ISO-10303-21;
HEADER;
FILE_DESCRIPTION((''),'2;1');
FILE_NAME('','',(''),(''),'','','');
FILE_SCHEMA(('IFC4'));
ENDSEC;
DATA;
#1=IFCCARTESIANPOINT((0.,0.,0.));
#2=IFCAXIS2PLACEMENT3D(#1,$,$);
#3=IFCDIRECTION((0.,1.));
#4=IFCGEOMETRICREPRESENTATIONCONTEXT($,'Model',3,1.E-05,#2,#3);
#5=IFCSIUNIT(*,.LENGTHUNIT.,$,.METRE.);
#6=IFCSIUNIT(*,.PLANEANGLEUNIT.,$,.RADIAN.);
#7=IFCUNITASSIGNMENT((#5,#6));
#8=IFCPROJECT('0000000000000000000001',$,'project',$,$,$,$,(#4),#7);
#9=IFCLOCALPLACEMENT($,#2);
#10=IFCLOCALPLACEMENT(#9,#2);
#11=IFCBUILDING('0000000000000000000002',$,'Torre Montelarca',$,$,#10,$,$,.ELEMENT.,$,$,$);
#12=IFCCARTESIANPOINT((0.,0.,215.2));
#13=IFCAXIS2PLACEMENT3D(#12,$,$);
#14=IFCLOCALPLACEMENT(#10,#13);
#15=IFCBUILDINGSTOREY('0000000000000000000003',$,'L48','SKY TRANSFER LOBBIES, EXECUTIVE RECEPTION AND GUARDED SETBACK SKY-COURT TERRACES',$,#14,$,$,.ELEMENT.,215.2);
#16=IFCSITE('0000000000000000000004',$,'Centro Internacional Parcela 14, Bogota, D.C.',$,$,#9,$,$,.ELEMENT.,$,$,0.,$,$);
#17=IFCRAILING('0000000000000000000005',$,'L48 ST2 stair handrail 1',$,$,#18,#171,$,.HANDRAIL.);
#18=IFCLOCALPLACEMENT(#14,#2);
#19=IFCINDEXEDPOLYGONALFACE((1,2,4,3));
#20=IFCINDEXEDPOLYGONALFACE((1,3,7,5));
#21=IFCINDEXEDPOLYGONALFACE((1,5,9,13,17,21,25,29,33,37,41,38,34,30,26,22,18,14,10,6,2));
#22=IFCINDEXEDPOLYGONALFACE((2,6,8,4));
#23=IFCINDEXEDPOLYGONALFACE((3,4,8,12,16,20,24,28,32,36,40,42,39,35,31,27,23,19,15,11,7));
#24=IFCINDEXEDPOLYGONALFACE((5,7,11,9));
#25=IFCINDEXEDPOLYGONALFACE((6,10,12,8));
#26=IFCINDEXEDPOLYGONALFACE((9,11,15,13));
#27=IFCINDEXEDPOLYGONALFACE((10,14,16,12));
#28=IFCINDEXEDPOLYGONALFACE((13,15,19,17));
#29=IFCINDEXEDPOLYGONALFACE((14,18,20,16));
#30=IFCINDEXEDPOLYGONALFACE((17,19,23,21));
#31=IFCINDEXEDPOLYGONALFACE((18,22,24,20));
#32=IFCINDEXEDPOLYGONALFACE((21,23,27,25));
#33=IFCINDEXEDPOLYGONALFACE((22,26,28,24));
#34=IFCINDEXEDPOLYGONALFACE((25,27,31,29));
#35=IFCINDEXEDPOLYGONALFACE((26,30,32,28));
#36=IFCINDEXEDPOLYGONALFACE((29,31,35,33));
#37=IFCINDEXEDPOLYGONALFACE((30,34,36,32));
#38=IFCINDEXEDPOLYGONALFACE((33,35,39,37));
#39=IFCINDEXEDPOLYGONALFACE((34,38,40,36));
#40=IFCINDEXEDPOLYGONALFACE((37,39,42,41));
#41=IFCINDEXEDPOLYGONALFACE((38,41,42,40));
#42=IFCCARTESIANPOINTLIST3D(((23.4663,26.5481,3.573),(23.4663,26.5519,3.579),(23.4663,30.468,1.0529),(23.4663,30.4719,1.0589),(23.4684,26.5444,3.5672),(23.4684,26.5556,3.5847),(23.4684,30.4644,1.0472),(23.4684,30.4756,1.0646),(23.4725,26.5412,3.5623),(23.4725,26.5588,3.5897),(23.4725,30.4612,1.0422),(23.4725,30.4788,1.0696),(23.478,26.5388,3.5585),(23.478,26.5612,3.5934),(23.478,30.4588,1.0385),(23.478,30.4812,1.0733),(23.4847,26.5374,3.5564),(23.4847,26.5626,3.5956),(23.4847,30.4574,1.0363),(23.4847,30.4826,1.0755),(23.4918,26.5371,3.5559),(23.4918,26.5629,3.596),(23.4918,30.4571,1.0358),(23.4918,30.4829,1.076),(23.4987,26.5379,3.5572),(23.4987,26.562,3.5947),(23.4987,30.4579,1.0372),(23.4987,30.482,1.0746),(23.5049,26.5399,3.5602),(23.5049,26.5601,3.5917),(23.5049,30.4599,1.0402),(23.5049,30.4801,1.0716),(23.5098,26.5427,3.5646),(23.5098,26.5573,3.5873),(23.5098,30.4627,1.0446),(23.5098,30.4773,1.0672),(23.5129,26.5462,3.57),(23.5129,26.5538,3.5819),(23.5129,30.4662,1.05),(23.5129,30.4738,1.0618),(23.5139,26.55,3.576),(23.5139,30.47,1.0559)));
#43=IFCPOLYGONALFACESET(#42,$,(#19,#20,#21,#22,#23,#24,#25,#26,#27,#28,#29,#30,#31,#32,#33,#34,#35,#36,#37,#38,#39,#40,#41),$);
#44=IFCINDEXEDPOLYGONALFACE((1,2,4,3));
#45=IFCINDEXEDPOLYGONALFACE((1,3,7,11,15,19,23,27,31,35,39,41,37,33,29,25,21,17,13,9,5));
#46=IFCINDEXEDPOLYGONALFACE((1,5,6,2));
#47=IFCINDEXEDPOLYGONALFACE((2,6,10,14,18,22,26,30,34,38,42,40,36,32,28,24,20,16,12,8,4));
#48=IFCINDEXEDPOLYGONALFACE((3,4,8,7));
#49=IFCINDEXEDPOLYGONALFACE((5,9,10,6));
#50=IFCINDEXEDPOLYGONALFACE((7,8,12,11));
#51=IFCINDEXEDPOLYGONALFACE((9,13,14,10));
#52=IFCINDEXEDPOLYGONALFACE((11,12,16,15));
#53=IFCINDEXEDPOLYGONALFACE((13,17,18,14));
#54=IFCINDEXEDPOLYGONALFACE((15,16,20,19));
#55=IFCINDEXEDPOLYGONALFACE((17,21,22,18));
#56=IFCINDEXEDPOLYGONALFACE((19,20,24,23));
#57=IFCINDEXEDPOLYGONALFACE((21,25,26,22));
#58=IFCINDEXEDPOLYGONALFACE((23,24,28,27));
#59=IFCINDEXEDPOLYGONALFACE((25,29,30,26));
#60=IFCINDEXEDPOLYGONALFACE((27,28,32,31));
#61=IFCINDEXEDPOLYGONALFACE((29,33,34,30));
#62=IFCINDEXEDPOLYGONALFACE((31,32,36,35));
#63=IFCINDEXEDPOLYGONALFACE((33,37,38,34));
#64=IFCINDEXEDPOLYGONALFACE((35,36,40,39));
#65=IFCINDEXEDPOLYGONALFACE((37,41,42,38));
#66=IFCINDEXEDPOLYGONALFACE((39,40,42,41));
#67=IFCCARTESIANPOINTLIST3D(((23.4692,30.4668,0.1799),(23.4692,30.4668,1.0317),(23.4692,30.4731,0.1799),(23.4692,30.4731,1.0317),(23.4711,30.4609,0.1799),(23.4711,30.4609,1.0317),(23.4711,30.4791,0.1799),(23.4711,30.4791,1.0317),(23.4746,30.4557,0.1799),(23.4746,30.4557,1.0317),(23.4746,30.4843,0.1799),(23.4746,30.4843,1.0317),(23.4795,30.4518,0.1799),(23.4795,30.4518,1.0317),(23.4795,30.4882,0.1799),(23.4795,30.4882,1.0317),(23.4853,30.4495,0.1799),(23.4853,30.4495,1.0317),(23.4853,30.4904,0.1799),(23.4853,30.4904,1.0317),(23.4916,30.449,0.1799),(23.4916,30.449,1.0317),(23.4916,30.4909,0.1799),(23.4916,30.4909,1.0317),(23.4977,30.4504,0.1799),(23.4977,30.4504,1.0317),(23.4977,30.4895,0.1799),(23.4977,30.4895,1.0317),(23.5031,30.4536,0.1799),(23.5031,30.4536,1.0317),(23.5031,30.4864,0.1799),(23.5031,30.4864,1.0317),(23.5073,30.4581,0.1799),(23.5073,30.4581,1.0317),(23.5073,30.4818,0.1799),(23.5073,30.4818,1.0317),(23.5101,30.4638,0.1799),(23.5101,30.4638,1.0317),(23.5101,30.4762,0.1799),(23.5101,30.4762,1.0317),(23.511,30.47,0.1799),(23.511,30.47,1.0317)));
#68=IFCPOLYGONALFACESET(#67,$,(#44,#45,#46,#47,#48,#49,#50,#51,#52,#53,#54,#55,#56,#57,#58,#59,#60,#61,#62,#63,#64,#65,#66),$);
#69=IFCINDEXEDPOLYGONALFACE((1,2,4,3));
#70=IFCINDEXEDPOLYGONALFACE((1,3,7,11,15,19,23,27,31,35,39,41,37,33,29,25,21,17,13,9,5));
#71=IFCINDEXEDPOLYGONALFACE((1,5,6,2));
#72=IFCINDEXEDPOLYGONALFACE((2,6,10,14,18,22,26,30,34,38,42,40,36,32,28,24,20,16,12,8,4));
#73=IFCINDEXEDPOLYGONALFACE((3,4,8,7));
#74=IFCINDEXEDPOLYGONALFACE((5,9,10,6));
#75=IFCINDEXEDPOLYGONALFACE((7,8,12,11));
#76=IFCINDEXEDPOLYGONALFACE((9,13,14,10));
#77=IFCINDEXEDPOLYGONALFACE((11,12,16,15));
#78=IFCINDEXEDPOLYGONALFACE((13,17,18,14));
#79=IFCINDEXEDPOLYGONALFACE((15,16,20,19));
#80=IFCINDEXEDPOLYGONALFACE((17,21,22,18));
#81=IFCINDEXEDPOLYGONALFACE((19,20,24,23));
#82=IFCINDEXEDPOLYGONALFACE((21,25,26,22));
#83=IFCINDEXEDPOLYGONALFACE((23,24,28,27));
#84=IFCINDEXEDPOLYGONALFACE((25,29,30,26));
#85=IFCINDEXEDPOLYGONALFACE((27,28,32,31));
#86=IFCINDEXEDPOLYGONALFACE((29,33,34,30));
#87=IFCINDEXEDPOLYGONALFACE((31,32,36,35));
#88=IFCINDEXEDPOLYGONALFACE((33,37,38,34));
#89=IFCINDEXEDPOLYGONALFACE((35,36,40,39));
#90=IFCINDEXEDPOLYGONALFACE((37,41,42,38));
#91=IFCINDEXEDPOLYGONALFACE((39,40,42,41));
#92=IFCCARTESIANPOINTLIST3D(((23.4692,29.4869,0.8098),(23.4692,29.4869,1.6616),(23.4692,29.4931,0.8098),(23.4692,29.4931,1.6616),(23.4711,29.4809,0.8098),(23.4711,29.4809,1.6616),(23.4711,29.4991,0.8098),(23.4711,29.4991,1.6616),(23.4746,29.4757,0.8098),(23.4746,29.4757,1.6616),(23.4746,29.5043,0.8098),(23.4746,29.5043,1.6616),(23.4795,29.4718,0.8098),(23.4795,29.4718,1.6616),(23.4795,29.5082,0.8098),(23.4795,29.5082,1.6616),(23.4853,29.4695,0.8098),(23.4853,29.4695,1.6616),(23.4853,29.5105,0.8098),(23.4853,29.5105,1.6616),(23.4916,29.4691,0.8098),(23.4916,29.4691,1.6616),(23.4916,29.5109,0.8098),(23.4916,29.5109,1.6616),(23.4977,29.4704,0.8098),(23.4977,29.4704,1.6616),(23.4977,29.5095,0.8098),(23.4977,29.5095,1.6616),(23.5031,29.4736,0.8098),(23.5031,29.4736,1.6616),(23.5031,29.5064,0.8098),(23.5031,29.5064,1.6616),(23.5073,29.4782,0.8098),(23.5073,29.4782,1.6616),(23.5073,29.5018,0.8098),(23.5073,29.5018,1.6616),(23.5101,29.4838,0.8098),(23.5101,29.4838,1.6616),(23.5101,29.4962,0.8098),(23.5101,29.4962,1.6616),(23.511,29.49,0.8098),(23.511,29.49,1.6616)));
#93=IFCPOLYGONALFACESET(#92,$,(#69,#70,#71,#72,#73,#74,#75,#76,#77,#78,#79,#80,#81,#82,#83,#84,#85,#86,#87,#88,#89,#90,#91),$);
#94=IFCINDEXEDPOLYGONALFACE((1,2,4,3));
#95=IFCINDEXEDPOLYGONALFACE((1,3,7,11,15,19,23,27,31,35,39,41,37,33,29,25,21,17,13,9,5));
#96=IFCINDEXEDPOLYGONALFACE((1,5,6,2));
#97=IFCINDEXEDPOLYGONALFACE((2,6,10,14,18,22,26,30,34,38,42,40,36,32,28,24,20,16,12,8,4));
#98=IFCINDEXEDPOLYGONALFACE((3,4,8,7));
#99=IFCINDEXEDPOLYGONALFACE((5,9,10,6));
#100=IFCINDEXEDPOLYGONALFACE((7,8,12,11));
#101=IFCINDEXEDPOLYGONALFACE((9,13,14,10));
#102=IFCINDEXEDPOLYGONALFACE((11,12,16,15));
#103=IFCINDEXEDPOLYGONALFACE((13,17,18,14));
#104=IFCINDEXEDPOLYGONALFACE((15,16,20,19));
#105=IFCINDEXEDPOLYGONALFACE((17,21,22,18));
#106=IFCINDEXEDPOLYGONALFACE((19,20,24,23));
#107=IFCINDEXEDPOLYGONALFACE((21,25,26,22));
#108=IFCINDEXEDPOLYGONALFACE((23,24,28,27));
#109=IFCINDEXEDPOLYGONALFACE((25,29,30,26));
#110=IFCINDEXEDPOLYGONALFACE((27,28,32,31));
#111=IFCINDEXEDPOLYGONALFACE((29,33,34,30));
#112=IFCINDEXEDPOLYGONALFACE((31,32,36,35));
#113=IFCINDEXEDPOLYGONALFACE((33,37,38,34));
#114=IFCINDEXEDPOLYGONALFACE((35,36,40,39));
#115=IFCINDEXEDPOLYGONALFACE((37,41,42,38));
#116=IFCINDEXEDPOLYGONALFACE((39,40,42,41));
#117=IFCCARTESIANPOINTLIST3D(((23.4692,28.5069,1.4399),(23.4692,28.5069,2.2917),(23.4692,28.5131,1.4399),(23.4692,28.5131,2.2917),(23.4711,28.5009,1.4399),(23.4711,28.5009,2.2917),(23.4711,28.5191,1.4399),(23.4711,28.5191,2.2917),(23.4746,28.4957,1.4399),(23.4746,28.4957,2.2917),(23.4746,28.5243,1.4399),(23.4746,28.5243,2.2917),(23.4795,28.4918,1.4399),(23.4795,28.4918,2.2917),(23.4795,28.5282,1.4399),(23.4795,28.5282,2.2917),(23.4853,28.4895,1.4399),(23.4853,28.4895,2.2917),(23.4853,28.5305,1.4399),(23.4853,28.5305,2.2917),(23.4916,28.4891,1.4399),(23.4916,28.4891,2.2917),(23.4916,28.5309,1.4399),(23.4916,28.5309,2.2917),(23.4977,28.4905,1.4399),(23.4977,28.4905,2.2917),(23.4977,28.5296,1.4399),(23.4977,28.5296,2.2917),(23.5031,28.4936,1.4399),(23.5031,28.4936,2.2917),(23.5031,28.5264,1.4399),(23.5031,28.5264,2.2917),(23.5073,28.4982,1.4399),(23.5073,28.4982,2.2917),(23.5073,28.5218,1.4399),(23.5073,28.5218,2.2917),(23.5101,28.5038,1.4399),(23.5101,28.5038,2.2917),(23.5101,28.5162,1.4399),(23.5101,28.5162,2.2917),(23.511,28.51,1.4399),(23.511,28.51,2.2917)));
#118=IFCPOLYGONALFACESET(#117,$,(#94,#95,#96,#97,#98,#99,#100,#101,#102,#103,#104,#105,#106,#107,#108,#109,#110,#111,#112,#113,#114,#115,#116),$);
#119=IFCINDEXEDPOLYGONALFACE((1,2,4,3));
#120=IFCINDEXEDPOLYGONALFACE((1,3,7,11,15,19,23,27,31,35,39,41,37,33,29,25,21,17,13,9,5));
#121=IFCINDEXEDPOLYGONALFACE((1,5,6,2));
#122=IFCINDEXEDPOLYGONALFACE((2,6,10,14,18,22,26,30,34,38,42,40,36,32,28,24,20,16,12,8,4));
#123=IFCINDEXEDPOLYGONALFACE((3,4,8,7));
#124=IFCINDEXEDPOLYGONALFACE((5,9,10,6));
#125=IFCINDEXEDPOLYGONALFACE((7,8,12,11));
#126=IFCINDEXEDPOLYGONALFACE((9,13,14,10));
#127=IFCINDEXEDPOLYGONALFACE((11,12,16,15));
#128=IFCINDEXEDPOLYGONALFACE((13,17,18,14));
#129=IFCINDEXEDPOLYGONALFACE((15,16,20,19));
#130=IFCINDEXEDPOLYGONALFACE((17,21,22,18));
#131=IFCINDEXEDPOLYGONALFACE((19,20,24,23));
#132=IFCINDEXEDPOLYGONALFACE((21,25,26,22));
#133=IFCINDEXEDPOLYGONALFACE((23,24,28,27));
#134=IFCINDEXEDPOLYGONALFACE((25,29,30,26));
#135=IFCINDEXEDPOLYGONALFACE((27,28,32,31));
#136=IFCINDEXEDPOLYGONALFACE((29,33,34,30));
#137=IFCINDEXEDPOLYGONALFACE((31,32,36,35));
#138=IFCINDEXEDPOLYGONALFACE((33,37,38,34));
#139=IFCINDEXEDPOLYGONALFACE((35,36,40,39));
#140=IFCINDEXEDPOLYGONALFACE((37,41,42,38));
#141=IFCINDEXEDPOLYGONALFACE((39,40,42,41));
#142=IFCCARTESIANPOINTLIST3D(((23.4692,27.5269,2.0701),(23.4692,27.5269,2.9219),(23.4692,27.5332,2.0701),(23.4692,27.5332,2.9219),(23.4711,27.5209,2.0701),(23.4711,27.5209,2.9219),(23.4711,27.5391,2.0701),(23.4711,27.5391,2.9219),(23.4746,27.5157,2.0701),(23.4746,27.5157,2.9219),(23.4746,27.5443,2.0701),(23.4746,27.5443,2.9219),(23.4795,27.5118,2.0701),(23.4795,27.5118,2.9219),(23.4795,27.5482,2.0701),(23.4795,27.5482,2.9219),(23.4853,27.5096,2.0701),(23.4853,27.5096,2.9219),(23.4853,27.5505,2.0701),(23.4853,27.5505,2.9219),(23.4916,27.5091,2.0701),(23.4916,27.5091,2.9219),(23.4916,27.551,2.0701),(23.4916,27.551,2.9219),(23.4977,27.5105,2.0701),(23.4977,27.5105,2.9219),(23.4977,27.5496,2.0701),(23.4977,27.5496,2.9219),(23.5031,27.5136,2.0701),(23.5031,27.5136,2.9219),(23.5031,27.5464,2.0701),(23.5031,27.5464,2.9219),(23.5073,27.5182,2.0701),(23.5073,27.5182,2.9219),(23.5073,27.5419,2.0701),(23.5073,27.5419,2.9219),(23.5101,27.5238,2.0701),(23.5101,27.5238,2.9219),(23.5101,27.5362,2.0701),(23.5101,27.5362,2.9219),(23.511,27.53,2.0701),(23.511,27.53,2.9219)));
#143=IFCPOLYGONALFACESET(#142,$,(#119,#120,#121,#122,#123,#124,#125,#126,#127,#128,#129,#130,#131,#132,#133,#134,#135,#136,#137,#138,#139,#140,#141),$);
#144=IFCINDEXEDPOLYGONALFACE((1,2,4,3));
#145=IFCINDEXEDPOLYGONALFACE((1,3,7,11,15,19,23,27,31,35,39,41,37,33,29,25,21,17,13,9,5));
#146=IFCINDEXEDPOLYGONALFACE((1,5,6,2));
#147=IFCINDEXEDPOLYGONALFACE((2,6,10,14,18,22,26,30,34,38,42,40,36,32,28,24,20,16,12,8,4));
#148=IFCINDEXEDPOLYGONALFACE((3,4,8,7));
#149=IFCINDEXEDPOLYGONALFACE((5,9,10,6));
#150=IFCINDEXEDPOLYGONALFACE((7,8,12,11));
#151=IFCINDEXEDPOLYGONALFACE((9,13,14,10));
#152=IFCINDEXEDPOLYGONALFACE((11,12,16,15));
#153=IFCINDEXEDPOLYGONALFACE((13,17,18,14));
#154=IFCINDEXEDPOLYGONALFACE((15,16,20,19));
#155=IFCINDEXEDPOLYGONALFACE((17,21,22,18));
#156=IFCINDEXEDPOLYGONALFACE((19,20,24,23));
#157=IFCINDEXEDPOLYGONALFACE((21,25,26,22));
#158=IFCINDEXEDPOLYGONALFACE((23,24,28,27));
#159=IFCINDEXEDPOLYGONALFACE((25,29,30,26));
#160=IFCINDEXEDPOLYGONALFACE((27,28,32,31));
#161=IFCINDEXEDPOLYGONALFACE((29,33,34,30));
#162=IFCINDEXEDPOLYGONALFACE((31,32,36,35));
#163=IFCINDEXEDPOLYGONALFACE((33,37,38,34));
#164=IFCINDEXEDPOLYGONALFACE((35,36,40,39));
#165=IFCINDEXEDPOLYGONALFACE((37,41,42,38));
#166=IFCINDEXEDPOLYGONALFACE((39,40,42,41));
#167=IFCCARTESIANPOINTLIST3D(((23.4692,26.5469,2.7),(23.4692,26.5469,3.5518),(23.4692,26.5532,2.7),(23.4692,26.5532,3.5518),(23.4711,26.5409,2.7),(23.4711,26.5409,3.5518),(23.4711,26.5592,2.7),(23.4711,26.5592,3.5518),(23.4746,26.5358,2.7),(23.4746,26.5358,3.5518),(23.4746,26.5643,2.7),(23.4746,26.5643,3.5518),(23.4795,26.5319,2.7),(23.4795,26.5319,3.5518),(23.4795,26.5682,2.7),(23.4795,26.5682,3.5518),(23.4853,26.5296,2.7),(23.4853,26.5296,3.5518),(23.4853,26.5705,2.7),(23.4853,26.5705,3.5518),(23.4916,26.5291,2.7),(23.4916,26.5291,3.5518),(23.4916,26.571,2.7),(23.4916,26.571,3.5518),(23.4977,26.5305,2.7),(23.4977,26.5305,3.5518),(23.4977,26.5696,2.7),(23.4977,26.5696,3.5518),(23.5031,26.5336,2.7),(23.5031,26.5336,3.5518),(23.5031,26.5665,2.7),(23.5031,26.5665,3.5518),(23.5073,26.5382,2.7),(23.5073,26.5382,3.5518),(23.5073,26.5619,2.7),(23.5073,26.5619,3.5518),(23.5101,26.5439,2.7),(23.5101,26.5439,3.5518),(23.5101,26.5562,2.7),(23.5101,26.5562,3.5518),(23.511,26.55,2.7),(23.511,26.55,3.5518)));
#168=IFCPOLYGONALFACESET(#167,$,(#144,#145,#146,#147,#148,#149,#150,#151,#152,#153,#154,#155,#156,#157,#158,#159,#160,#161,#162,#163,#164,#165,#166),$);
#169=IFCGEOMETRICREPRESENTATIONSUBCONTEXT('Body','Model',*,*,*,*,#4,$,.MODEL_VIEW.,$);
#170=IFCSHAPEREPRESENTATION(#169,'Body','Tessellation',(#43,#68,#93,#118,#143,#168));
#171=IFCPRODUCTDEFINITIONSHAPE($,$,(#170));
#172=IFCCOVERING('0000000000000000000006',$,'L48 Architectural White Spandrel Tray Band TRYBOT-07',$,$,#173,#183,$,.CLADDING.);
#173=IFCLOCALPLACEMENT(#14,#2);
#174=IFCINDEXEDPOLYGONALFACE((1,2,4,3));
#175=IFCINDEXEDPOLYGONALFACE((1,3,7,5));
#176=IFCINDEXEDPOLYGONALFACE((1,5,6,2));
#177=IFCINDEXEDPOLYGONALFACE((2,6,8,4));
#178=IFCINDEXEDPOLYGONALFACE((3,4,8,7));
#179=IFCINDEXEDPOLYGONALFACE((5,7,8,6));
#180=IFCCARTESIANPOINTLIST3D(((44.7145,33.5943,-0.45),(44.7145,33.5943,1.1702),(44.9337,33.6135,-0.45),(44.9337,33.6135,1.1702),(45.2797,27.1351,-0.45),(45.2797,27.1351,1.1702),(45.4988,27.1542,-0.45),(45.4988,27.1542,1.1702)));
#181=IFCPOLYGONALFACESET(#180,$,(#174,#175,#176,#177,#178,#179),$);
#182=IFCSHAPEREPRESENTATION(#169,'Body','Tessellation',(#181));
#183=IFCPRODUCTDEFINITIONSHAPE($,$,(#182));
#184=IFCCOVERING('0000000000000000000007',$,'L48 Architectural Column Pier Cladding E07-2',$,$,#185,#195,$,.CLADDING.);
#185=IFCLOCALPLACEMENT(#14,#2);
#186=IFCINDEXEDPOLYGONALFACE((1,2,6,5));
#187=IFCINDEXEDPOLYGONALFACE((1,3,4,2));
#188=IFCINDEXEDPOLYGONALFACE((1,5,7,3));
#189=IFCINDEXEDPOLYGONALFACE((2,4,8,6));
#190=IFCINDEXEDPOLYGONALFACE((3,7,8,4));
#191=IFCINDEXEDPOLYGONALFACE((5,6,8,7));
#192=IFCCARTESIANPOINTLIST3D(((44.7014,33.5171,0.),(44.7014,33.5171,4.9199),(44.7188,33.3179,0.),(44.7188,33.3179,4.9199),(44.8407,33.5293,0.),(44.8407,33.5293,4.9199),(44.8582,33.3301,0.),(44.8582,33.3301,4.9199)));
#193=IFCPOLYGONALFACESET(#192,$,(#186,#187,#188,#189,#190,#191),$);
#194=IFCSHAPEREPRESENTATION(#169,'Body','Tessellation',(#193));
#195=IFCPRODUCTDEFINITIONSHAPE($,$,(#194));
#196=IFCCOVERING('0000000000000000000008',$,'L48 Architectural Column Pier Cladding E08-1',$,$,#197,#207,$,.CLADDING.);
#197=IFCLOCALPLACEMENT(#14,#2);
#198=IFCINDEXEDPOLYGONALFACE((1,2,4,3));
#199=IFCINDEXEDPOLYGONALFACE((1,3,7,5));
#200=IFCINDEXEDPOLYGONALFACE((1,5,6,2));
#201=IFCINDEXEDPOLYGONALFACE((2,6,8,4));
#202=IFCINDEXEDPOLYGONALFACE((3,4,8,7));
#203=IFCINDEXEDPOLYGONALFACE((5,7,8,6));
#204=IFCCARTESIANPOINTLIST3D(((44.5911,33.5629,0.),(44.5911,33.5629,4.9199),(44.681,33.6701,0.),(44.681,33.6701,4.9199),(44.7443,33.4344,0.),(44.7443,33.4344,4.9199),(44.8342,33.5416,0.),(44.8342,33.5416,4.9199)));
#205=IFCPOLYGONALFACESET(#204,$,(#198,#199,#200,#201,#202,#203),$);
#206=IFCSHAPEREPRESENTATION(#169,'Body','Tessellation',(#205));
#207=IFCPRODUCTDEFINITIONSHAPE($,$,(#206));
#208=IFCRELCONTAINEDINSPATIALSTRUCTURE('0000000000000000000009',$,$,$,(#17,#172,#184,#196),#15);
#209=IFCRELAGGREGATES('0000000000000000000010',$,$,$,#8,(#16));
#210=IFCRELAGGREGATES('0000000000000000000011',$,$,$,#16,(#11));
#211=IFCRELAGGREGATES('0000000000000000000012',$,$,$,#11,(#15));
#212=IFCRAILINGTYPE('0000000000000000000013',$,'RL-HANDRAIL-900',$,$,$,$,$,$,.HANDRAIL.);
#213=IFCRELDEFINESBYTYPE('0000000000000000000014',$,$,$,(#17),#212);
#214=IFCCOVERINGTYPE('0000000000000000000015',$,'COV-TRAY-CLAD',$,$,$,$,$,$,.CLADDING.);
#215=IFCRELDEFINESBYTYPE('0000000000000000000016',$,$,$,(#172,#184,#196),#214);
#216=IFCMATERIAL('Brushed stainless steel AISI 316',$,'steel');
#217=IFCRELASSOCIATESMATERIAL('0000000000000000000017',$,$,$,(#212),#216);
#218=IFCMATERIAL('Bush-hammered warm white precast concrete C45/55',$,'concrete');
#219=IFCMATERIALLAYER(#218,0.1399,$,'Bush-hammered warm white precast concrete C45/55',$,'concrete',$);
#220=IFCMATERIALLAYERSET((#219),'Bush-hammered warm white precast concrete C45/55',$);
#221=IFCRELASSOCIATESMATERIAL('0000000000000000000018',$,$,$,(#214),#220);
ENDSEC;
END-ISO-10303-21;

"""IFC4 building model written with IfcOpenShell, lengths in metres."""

from ifc_helpers import new_model, si_unit, direction, frame, origin, origin_2d, place, context, subcontext, project, spatial, rectangle, circle, extrude, source, transform, mapped, material, layer, layer_set, type_object, element, save


model = new_model("IFC4")

# Units and contexts
model_context = context("Model", 3, precision=1e-05, world=origin(), true_north=direction((0.0, 1.0)))
body_context = subcontext(model_context, "Body", "Model", "MODEL_VIEW")
ifc_project = project(units=[si_unit("LENGTHUNIT", "METRE"), si_unit("PLANEANGLEUNIT", "RADIAN")], contexts=[model_context])

# Site, building, storey
site_placement = place(None, origin())
site = spatial("IfcSite", under=ifc_project, at=site_placement, Name="Centro Internacional Parcela 14, Bogota, D.C.", CompositionType="ELEMENT", RefElevation=0.0)
building_placement = place(site_placement, origin())
building = spatial("IfcBuilding", under=site, at=building_placement, Name="Torre Montelarca", CompositionType="ELEMENT")
storey_placement = place(building_placement, frame((0.0, 0.0, 215.2)))
storey = spatial("IfcBuildingStorey", under=building, at=storey_placement, Name="L48", Description="SKY TRANSFER LOBBIES, EXECUTIVE RECEPTION AND GUARDED SETBACK SKY-COURT TERRACES", CompositionType="ELEMENT", Elevation=215.2)

# Shared definitions
ifc_material_1 = material(Name="Brushed stainless steel AISI 316", Category="steel")

# Railing
railing_type_1 = type_object("IfcRailingType", Name="RL-HANDRAIL-900", PredefinedType="HANDRAIL", material=ifc_material_1)
railing_1_placement = place(storey_placement, frame((23.49, 30.47, 0.1799)))
element("IfcRailing", 1, at=railing_1_placement, inside=storey, type_object=railing_type_1, Name="L48 ST2 stair handrail 1", PredefinedType="HANDRAIL", context=body_context, shape_type="SweptSolid", body=[
    extrude(circle(Radius=0.0239, at=origin_2d()), frame((0.0, 0.0, 0.876), z_axis=(0.0, -0.841172, 0.540768), x_axis=(1.0, 0.0, 0.0)), (0.0, 0.0, 1.0), 4.6602),
    extrude(circle(Radius=0.021, at=origin_2d()), origin(), (0.0, 0.0, 1.0), 0.8518),
    extrude(circle(Radius=0.021, at=origin_2d()), frame((0.0, -0.98, 0.6299)), (0.0, 0.0, 1.0), 0.8518),
    extrude(circle(Radius=0.021, at=origin_2d()), frame((0.0, -1.96, 1.26)), (0.0, 0.0, 1.0), 0.8518),
    extrude(circle(Radius=0.021, at=origin_2d()), frame((0.0, -2.9399, 1.8901)), (0.0, 0.0, 1.0), 0.8518),
    extrude(circle(Radius=0.021, at=origin_2d()), frame((0.0, -3.9199, 2.52)), (0.0, 0.0, 1.0), 0.8518),
])

# Coverings
ifc_material_2 = material(Name="Bush-hammered warm white precast concrete C45/55", Category="concrete")
ifc_layer_1 = layer(ifc_material_2, 0.1399, Name="Bush-hammered warm white precast concrete C45/55", Category="concrete")
ifc_layer_set_1 = layer_set([ifc_layer_1], Name="Bush-hammered warm white precast concrete C45/55")
covering_type = type_object("IfcCoveringType", Name="COV-TRAY-CLAD", PredefinedType="CLADDING", material=ifc_layer_set_1)
shared_shape_1 = source(origin(), body_context, "Body", "SweptSolid", [
    extrude(rectangle(XDim=6.4839, YDim=0.22, at=origin_2d()), origin(), (0.0, 0.0, 1.0), 1.6201),
])
covering_1_placement = place(storey_placement, frame((45.1067, 30.3743, -0.45), z_axis=(0.0, 0.0, 1.0), x_axis=(-0.087163, 0.996194, 0.0)))
element("IfcCovering", 2, at=covering_1_placement, inside=storey, type_object=covering_type, Name="L48 Architectural White Spandrel Tray Band TRYBOT-07", PredefinedType="CLADDING", context=body_context, shape_type="MappedRepresentation", body=[
    mapped(shared_shape_1, transform((0.0, 0.0, 0.0), scale=1.0)),
])
shared_shape_2 = source(origin(), body_context, "Body", "SweptSolid", [
    extrude(rectangle(XDim=0.2, YDim=0.1399, at=origin_2d()), origin(), (0.0, 0.0, 1.0), 4.9199),
])
for number, where, z_axis, x_axis, name in (
    (3, (44.7798, 33.4236, 0.0), (0.0, 0.0, 1.0), (-0.087177, 0.996193, 0.0), "L48 Architectural Column Pier Cladding E07-2"),
    (4, (44.7126, 33.5522, 0.0), (0.0, 0.0, 1.0), (-0.766043, 0.642789, 0.0), "L48 Architectural Column Pier Cladding E08-1"),
):
    element("IfcCovering", number, at=place(storey_placement, frame(where, z_axis=z_axis, x_axis=x_axis)), inside=storey, type_object=covering_type, Name=name, PredefinedType="CLADDING", context=body_context, shape_type="MappedRepresentation", body=[
        mapped(shared_shape_2, transform((0.0, 0.0, 0.0), scale=1.0)),
    ])

save(model, "model.ifc")
